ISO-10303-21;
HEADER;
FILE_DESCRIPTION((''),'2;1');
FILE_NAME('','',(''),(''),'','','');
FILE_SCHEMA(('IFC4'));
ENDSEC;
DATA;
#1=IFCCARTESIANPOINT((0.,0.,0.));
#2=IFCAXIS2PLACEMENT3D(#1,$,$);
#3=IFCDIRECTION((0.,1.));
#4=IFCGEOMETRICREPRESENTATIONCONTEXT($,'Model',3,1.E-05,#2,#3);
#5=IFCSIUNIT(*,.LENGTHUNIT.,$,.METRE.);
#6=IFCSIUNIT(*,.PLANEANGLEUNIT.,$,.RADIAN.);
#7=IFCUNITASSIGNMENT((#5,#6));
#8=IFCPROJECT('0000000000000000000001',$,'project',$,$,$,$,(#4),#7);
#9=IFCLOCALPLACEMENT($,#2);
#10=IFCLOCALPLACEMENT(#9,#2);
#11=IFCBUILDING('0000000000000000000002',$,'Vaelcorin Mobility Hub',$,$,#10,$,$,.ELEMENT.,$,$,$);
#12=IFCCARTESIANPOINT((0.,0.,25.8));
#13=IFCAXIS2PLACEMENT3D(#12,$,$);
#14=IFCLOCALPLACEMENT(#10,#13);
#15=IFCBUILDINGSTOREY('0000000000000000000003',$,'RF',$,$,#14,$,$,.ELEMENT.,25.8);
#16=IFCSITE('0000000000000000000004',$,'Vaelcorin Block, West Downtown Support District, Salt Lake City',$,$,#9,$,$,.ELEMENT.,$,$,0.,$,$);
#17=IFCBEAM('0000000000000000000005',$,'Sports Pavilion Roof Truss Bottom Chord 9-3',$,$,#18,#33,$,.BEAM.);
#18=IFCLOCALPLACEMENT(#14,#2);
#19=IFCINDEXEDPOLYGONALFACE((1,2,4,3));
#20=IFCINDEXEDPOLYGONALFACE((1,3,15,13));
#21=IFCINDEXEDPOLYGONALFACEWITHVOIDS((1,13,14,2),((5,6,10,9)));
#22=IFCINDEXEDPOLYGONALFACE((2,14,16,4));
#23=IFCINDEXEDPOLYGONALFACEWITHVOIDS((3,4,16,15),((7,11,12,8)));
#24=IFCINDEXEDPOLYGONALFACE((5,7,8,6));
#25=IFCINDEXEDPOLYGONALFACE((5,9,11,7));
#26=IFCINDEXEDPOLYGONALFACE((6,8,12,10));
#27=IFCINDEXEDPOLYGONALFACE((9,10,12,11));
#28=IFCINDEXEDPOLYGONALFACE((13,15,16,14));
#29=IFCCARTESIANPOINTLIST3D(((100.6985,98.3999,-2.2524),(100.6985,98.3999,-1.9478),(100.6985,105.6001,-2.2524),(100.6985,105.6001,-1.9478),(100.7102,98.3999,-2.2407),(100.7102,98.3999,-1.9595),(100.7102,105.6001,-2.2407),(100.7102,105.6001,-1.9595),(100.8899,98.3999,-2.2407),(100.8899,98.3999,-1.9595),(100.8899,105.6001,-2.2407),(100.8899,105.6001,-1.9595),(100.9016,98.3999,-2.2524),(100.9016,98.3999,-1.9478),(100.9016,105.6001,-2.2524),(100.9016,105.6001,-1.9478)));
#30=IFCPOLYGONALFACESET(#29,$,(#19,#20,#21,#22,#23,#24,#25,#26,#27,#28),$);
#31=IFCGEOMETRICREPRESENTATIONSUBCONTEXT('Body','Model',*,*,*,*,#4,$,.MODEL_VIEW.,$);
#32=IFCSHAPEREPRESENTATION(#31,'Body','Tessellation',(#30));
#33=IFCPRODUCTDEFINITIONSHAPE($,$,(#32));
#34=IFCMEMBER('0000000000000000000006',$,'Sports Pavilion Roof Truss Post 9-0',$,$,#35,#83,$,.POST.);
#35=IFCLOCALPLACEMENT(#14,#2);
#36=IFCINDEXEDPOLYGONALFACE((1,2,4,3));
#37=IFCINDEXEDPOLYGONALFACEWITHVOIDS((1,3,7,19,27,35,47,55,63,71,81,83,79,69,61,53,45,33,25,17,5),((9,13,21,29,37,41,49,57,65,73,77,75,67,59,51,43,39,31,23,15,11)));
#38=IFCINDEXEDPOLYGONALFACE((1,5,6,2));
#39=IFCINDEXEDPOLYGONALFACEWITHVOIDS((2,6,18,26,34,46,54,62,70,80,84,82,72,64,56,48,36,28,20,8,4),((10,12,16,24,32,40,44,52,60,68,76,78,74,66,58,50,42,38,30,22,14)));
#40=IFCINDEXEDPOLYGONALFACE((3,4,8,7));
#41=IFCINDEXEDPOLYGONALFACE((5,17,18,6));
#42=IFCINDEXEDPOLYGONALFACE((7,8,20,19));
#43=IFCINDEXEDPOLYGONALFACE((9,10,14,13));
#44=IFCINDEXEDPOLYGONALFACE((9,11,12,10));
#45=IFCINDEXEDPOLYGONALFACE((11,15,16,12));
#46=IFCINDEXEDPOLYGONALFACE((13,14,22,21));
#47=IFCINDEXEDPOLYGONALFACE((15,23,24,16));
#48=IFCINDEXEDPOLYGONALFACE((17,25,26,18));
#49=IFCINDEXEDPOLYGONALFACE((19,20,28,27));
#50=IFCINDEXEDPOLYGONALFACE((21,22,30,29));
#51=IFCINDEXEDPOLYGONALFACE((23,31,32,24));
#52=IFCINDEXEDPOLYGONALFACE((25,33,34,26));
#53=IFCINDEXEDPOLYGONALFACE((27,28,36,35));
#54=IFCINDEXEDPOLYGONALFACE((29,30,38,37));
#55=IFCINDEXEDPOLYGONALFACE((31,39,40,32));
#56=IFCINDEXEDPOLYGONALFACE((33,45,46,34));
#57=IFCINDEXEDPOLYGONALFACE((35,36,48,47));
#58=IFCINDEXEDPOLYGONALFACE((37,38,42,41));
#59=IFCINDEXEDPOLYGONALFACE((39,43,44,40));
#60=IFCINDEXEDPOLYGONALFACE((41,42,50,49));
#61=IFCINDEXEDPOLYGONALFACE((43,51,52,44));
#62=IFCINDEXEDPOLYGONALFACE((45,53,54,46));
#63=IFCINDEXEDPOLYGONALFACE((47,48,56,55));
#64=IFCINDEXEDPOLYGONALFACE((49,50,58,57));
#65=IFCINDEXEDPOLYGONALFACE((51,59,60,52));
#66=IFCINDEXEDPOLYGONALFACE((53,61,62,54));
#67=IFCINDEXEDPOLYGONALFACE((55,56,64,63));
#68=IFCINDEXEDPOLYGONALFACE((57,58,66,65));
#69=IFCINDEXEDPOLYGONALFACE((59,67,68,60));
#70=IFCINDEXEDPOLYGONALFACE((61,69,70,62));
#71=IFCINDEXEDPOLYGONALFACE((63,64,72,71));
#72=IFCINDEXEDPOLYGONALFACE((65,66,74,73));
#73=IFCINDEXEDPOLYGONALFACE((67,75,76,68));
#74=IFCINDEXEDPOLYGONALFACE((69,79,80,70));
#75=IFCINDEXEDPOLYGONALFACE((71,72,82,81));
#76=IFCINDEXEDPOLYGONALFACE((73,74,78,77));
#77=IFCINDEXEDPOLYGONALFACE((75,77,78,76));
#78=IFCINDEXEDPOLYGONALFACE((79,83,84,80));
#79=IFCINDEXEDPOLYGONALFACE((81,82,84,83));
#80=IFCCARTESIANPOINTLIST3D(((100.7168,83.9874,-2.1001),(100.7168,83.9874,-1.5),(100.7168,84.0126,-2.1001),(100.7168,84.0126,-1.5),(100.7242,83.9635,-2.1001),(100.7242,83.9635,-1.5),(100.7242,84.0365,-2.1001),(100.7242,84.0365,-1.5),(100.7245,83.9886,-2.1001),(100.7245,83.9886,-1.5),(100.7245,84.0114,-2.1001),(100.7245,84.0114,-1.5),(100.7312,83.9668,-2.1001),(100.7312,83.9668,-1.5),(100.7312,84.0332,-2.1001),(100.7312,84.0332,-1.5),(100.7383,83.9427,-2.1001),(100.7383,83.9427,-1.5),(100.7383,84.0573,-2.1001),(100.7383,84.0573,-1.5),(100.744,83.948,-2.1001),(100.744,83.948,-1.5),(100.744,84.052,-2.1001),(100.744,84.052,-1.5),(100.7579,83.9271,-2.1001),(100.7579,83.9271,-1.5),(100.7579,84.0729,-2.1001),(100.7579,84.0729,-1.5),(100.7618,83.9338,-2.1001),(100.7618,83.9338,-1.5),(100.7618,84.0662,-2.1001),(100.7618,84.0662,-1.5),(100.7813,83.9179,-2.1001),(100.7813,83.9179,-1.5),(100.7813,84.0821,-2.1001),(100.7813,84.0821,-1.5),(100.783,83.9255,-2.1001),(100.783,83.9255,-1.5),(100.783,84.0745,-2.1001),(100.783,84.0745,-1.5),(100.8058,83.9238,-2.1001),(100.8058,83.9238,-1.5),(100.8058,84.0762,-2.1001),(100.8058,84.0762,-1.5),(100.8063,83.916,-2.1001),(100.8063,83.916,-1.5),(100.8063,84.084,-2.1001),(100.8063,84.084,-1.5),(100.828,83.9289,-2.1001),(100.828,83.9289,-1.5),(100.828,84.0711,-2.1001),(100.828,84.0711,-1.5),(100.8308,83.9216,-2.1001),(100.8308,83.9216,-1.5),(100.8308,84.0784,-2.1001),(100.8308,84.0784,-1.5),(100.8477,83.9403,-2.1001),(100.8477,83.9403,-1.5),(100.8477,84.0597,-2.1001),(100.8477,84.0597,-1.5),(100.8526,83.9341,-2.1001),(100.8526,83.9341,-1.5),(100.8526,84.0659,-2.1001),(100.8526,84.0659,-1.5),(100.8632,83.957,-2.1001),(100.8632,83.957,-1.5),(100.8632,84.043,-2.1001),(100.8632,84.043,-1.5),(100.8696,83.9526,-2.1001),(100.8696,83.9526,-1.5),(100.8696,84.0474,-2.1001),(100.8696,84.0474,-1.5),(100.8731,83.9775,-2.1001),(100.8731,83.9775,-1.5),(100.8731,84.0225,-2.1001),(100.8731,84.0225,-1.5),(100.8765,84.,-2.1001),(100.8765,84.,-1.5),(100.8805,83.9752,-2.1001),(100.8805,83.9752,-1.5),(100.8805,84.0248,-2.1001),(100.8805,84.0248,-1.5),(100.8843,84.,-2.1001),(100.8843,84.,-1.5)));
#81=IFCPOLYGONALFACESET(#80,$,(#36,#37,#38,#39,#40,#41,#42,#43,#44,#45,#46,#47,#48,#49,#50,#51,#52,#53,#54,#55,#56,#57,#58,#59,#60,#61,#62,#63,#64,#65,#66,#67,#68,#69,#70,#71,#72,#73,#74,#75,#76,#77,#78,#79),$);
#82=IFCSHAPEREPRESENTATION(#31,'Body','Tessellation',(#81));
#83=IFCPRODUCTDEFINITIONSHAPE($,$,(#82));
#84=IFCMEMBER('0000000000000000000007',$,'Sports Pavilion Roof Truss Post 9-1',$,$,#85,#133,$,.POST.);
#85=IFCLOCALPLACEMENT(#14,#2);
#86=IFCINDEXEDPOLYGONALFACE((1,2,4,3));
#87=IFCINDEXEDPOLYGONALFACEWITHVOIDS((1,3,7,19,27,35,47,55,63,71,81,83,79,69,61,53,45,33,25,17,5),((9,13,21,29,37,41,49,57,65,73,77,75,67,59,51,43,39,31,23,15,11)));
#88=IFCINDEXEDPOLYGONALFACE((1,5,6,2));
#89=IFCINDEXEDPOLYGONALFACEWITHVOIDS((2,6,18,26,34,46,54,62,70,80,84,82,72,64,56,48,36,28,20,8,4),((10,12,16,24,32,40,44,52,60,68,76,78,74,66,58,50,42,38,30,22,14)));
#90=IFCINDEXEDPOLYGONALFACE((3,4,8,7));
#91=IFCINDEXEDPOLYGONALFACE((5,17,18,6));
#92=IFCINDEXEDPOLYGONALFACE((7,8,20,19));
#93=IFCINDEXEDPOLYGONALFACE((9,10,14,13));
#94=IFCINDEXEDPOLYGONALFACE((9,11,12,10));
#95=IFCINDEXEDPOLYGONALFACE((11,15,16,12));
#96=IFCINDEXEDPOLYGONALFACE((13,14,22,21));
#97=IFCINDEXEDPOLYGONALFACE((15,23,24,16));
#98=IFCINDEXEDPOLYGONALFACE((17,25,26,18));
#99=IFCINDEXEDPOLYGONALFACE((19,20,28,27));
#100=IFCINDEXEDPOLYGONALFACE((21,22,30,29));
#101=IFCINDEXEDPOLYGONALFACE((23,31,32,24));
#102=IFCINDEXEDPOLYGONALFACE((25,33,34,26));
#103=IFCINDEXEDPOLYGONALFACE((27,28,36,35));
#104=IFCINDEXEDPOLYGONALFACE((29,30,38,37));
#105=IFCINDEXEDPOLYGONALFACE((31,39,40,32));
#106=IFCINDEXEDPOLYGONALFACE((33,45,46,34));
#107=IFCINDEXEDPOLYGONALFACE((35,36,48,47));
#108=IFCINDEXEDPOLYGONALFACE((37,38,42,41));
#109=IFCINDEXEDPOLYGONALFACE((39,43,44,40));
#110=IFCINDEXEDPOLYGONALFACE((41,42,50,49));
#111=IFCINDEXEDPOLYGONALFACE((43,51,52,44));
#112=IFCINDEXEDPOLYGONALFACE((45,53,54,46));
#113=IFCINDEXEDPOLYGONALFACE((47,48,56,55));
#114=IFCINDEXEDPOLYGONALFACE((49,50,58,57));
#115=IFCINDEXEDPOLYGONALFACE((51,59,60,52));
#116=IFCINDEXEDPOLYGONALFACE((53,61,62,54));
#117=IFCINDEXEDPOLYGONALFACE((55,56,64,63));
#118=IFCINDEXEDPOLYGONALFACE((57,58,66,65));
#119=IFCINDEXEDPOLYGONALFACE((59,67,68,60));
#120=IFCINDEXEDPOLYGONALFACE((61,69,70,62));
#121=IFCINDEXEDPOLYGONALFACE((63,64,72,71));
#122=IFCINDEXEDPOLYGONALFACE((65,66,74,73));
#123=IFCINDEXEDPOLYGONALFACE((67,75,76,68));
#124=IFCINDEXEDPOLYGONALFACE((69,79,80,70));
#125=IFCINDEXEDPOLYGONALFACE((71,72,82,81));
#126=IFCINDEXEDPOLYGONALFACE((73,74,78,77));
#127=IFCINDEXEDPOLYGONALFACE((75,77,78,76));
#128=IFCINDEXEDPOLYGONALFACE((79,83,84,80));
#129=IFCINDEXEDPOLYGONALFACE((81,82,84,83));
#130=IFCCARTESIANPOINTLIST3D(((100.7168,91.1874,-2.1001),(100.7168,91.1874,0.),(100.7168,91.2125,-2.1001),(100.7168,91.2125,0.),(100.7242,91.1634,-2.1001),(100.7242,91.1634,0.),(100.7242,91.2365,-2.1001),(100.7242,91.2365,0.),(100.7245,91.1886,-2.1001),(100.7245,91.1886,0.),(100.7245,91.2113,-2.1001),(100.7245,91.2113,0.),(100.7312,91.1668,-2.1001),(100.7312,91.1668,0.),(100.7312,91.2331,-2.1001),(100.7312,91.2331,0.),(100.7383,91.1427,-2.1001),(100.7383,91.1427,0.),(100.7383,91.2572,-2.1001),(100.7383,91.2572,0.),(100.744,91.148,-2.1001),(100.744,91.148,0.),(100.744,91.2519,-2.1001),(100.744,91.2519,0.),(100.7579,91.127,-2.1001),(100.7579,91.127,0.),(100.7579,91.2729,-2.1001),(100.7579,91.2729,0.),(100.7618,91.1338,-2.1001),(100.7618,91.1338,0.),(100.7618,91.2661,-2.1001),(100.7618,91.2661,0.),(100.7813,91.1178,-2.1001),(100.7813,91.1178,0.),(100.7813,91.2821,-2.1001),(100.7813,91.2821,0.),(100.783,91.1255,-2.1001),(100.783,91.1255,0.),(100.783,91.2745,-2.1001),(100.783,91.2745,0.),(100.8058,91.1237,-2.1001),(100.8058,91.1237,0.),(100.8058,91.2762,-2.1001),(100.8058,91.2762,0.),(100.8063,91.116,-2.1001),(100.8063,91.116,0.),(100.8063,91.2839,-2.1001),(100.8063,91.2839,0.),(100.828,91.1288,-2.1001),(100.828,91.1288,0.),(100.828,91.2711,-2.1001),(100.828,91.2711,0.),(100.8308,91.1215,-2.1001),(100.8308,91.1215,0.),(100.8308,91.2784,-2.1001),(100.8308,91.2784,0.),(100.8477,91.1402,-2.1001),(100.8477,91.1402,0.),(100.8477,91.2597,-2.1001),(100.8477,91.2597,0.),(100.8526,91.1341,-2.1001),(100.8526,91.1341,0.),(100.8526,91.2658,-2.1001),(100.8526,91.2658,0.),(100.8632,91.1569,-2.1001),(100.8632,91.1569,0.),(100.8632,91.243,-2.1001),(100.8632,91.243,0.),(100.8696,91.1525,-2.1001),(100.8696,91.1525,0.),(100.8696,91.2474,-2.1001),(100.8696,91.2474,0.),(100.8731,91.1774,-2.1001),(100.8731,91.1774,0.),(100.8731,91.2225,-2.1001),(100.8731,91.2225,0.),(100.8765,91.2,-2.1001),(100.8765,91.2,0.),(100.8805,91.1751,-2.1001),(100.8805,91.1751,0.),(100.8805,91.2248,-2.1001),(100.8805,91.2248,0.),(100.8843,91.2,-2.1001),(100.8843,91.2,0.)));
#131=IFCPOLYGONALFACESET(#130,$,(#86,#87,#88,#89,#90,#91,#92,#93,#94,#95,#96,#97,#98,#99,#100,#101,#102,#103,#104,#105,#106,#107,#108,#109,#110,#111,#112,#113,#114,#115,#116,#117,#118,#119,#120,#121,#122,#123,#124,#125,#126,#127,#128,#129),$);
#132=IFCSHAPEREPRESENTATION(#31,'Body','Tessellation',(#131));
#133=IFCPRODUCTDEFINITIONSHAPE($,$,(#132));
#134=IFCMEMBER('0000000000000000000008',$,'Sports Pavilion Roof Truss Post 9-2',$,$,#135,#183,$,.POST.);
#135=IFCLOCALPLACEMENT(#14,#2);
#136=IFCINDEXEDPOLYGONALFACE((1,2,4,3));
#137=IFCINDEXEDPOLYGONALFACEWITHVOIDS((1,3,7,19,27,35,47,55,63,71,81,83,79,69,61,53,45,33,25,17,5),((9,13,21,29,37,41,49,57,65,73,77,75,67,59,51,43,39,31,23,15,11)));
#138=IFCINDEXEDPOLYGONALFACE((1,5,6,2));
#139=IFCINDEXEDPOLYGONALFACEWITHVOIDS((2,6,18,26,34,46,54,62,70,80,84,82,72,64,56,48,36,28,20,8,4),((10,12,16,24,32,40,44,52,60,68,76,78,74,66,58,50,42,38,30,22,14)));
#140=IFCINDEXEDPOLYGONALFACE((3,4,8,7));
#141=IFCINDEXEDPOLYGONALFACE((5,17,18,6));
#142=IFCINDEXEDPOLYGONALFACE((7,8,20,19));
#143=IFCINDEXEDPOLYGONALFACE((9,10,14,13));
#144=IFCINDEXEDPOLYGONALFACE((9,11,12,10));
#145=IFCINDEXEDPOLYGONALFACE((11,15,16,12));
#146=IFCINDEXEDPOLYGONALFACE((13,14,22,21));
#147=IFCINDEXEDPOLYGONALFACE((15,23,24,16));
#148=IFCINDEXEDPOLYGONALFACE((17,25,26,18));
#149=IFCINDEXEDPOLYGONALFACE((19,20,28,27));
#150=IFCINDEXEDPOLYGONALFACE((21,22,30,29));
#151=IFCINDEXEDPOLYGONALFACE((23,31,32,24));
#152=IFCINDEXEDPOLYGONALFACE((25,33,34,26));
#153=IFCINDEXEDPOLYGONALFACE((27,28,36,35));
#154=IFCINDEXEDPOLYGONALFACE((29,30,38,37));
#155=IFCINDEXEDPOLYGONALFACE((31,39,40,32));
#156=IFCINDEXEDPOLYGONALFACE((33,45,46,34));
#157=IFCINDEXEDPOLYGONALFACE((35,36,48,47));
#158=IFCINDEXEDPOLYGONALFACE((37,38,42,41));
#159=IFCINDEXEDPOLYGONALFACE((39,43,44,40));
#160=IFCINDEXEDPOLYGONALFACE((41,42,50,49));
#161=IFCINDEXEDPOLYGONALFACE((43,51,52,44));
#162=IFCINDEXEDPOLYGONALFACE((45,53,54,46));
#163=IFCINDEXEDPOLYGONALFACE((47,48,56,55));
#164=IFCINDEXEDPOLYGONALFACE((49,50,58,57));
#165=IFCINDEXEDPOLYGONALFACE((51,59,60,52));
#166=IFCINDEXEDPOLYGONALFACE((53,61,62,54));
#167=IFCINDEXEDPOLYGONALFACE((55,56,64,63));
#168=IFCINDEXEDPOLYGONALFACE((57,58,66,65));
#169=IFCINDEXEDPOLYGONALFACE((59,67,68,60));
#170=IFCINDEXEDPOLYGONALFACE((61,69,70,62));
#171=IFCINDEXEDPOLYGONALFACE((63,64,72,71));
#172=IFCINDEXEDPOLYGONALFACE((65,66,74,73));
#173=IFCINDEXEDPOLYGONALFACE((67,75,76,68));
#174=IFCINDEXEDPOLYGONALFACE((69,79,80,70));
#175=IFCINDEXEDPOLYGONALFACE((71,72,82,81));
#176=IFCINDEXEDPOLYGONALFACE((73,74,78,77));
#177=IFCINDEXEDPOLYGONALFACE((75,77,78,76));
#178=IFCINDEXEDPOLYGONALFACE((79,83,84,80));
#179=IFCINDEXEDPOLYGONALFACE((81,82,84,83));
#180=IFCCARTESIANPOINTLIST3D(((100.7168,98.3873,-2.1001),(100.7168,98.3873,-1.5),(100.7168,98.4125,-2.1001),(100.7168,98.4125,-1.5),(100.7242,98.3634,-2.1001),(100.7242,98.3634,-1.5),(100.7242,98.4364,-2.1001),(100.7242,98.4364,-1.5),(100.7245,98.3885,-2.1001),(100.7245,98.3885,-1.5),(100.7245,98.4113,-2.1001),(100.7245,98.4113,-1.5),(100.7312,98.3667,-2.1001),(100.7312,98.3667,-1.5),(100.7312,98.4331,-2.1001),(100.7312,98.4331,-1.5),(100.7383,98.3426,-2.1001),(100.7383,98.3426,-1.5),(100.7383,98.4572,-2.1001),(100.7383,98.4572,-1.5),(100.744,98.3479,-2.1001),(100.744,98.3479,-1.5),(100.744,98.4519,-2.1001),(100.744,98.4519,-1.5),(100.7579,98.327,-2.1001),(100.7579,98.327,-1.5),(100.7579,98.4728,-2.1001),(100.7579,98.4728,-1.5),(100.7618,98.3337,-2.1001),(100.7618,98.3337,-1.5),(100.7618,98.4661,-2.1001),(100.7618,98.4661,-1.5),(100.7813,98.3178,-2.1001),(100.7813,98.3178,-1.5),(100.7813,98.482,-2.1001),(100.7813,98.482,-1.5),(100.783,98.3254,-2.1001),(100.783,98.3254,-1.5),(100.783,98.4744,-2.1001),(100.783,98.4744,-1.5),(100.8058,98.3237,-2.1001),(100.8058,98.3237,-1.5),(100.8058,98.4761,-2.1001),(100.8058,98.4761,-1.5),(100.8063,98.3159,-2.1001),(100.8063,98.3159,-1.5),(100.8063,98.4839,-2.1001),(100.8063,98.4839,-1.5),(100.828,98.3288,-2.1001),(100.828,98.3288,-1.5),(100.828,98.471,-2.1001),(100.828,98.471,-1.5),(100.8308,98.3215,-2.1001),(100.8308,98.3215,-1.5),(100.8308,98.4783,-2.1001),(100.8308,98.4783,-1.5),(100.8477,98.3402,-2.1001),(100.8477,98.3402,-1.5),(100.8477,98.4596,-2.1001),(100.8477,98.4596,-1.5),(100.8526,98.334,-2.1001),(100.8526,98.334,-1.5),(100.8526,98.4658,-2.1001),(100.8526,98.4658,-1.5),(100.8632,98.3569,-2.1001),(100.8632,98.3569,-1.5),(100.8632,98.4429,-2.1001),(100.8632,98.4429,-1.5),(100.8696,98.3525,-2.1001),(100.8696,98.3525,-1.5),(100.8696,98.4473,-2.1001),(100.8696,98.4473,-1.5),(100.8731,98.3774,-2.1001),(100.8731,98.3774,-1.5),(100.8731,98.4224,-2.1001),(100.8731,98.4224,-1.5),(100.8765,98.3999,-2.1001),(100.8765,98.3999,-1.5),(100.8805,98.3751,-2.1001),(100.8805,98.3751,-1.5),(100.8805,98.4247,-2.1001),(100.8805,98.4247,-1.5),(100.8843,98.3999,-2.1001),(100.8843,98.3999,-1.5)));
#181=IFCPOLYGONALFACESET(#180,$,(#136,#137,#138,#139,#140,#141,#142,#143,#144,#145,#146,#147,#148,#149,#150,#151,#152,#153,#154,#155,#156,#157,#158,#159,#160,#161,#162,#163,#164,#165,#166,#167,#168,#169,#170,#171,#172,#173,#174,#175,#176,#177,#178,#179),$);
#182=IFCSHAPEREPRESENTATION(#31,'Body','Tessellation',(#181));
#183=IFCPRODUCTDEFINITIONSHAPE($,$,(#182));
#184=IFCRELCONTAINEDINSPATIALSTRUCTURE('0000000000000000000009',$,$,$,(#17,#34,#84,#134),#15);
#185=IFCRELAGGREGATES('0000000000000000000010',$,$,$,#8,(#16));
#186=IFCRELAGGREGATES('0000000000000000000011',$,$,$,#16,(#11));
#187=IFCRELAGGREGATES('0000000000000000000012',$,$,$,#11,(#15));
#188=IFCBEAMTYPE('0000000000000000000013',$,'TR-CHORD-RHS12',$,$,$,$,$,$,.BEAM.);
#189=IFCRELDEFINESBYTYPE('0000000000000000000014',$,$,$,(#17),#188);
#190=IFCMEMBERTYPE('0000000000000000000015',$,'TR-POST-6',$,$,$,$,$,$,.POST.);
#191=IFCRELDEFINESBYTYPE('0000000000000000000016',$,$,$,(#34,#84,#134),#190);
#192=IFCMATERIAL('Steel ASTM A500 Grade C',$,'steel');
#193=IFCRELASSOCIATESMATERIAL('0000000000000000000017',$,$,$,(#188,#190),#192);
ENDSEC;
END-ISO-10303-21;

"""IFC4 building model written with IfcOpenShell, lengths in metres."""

from ifc_helpers import new_model, si_unit, direction, frame, origin, origin_2d, place, context, subcontext, project, spatial, hollow_rectangle, hollow_circle, extrude, material, material_profile, profile_set, type_object, element, save


model = new_model("IFC4")

# Units and contexts
model_context = context("Model", 3, precision=1e-05, world=origin(), true_north=direction((0.0, 1.0)))
body_context = subcontext(model_context, "Body", "Model", "MODEL_VIEW")
ifc_project = project(units=[si_unit("LENGTHUNIT", "METRE"), si_unit("PLANEANGLEUNIT", "RADIAN")], contexts=[model_context])

# Site, building, storey
site_placement = place(None, origin())
site = spatial("IfcSite", under=ifc_project, at=site_placement, Name="Vaelcorin Block, West Downtown Support District, Salt Lake City", CompositionType="ELEMENT", RefElevation=0.0)
building_placement = place(site_placement, origin())
building = spatial("IfcBuilding", under=site, at=building_placement, Name="Vaelcorin Mobility Hub", CompositionType="ELEMENT")
storey_placement = place(building_placement, frame((0.0, 0.0, 25.8)))
storey = spatial("IfcBuildingStorey", under=building, at=storey_placement, Name="RF", CompositionType="ELEMENT", Elevation=25.8)

# Shared definitions
ifc_material_1 = material(Name="Steel ASTM A500 Grade C", Category="steel")

# Beam
ifc_material_profile_1 = material_profile(ifc_material_1, hollow_rectangle(XDim=0.2031, YDim=0.3047, WallThickness=0.0117, at=origin_2d()), Name="HSS12X8X0.500")
ifc_profile_set_1 = profile_set([ifc_material_profile_1], Name="Steel ASTM A500 Grade C")
beam_type_1 = type_object("IfcBeamType", Name="TR-CHORD-RHS12", PredefinedType="BEAM", material=ifc_profile_set_1)
beam_1_placement = place(storey_placement, frame((100.8, 98.3999, -2.1001), z_axis=(0.0, 1.0, 0.0), x_axis=(-1.0, 0.0, 0.0)))
element("IfcBeam", 1, at=beam_1_placement, inside=storey, type_object=beam_type_1, Name="Sports Pavilion Roof Truss Bottom Chord 9-3", PredefinedType="BEAM", context=body_context, shape_type="SweptSolid", body=[
    extrude(hollow_rectangle(XDim=0.2031, YDim=0.3047, WallThickness=0.0117, at=origin_2d()), origin(), (0.0, 0.0, 1.0), 7.2002),
])

# Members
ifc_material_profile_2 = material_profile(ifc_material_1, hollow_circle(Radius=0.0842, WallThickness=0.0078, at=origin_2d()), Name="HSS6.625X0.312")
ifc_profile_set_2 = profile_set([ifc_material_profile_2], Name="Steel ASTM A500 Grade C")
member_type_1 = type_object("IfcMemberType", Name="TR-POST-6", PredefinedType="POST", material=ifc_profile_set_2)
member_1_placement = place(storey_placement, frame((100.8, 84.0, -2.1001), z_axis=(0.0, 0.0, 1.0), x_axis=(1.0, 0.0, 0.0)))
element("IfcMember", 2, at=member_1_placement, inside=storey, type_object=member_type_1, Name="Sports Pavilion Roof Truss Post 9-0", PredefinedType="POST", context=body_context, shape_type="SweptSolid", body=[
    extrude(hollow_circle(Radius=0.0842, WallThickness=0.0078, at=origin_2d()), origin(), (0.0, 0.0, 1.0), 0.6001),
])
member_2_placement = place(storey_placement, frame((100.8, 91.2, -2.1001), z_axis=(0.0, 0.0, 1.0), x_axis=(1.0, 0.0, 0.0)))
element("IfcMember", 3, at=member_2_placement, inside=storey, type_object=member_type_1, Name="Sports Pavilion Roof Truss Post 9-1", PredefinedType="POST", context=body_context, shape_type="SweptSolid", body=[
    extrude(hollow_circle(Radius=0.0842, WallThickness=0.0078, at=origin_2d()), origin(), (0.0, 0.0, 1.0), 2.1001),
])
member_3_placement = place(storey_placement, frame((100.8, 98.3999, -2.1001), z_axis=(0.0, 0.0, 1.0), x_axis=(1.0, 0.0, 0.0)))
element("IfcMember", 4, at=member_3_placement, inside=storey, type_object=member_type_1, Name="Sports Pavilion Roof Truss Post 9-2", PredefinedType="POST", context=body_context, shape_type="SweptSolid", body=[
    extrude(hollow_circle(Radius=0.0842, WallThickness=0.0078, at=origin_2d()), origin(), (0.0, 0.0, 1.0), 0.6001),
])

save(model, "model.ifc")
